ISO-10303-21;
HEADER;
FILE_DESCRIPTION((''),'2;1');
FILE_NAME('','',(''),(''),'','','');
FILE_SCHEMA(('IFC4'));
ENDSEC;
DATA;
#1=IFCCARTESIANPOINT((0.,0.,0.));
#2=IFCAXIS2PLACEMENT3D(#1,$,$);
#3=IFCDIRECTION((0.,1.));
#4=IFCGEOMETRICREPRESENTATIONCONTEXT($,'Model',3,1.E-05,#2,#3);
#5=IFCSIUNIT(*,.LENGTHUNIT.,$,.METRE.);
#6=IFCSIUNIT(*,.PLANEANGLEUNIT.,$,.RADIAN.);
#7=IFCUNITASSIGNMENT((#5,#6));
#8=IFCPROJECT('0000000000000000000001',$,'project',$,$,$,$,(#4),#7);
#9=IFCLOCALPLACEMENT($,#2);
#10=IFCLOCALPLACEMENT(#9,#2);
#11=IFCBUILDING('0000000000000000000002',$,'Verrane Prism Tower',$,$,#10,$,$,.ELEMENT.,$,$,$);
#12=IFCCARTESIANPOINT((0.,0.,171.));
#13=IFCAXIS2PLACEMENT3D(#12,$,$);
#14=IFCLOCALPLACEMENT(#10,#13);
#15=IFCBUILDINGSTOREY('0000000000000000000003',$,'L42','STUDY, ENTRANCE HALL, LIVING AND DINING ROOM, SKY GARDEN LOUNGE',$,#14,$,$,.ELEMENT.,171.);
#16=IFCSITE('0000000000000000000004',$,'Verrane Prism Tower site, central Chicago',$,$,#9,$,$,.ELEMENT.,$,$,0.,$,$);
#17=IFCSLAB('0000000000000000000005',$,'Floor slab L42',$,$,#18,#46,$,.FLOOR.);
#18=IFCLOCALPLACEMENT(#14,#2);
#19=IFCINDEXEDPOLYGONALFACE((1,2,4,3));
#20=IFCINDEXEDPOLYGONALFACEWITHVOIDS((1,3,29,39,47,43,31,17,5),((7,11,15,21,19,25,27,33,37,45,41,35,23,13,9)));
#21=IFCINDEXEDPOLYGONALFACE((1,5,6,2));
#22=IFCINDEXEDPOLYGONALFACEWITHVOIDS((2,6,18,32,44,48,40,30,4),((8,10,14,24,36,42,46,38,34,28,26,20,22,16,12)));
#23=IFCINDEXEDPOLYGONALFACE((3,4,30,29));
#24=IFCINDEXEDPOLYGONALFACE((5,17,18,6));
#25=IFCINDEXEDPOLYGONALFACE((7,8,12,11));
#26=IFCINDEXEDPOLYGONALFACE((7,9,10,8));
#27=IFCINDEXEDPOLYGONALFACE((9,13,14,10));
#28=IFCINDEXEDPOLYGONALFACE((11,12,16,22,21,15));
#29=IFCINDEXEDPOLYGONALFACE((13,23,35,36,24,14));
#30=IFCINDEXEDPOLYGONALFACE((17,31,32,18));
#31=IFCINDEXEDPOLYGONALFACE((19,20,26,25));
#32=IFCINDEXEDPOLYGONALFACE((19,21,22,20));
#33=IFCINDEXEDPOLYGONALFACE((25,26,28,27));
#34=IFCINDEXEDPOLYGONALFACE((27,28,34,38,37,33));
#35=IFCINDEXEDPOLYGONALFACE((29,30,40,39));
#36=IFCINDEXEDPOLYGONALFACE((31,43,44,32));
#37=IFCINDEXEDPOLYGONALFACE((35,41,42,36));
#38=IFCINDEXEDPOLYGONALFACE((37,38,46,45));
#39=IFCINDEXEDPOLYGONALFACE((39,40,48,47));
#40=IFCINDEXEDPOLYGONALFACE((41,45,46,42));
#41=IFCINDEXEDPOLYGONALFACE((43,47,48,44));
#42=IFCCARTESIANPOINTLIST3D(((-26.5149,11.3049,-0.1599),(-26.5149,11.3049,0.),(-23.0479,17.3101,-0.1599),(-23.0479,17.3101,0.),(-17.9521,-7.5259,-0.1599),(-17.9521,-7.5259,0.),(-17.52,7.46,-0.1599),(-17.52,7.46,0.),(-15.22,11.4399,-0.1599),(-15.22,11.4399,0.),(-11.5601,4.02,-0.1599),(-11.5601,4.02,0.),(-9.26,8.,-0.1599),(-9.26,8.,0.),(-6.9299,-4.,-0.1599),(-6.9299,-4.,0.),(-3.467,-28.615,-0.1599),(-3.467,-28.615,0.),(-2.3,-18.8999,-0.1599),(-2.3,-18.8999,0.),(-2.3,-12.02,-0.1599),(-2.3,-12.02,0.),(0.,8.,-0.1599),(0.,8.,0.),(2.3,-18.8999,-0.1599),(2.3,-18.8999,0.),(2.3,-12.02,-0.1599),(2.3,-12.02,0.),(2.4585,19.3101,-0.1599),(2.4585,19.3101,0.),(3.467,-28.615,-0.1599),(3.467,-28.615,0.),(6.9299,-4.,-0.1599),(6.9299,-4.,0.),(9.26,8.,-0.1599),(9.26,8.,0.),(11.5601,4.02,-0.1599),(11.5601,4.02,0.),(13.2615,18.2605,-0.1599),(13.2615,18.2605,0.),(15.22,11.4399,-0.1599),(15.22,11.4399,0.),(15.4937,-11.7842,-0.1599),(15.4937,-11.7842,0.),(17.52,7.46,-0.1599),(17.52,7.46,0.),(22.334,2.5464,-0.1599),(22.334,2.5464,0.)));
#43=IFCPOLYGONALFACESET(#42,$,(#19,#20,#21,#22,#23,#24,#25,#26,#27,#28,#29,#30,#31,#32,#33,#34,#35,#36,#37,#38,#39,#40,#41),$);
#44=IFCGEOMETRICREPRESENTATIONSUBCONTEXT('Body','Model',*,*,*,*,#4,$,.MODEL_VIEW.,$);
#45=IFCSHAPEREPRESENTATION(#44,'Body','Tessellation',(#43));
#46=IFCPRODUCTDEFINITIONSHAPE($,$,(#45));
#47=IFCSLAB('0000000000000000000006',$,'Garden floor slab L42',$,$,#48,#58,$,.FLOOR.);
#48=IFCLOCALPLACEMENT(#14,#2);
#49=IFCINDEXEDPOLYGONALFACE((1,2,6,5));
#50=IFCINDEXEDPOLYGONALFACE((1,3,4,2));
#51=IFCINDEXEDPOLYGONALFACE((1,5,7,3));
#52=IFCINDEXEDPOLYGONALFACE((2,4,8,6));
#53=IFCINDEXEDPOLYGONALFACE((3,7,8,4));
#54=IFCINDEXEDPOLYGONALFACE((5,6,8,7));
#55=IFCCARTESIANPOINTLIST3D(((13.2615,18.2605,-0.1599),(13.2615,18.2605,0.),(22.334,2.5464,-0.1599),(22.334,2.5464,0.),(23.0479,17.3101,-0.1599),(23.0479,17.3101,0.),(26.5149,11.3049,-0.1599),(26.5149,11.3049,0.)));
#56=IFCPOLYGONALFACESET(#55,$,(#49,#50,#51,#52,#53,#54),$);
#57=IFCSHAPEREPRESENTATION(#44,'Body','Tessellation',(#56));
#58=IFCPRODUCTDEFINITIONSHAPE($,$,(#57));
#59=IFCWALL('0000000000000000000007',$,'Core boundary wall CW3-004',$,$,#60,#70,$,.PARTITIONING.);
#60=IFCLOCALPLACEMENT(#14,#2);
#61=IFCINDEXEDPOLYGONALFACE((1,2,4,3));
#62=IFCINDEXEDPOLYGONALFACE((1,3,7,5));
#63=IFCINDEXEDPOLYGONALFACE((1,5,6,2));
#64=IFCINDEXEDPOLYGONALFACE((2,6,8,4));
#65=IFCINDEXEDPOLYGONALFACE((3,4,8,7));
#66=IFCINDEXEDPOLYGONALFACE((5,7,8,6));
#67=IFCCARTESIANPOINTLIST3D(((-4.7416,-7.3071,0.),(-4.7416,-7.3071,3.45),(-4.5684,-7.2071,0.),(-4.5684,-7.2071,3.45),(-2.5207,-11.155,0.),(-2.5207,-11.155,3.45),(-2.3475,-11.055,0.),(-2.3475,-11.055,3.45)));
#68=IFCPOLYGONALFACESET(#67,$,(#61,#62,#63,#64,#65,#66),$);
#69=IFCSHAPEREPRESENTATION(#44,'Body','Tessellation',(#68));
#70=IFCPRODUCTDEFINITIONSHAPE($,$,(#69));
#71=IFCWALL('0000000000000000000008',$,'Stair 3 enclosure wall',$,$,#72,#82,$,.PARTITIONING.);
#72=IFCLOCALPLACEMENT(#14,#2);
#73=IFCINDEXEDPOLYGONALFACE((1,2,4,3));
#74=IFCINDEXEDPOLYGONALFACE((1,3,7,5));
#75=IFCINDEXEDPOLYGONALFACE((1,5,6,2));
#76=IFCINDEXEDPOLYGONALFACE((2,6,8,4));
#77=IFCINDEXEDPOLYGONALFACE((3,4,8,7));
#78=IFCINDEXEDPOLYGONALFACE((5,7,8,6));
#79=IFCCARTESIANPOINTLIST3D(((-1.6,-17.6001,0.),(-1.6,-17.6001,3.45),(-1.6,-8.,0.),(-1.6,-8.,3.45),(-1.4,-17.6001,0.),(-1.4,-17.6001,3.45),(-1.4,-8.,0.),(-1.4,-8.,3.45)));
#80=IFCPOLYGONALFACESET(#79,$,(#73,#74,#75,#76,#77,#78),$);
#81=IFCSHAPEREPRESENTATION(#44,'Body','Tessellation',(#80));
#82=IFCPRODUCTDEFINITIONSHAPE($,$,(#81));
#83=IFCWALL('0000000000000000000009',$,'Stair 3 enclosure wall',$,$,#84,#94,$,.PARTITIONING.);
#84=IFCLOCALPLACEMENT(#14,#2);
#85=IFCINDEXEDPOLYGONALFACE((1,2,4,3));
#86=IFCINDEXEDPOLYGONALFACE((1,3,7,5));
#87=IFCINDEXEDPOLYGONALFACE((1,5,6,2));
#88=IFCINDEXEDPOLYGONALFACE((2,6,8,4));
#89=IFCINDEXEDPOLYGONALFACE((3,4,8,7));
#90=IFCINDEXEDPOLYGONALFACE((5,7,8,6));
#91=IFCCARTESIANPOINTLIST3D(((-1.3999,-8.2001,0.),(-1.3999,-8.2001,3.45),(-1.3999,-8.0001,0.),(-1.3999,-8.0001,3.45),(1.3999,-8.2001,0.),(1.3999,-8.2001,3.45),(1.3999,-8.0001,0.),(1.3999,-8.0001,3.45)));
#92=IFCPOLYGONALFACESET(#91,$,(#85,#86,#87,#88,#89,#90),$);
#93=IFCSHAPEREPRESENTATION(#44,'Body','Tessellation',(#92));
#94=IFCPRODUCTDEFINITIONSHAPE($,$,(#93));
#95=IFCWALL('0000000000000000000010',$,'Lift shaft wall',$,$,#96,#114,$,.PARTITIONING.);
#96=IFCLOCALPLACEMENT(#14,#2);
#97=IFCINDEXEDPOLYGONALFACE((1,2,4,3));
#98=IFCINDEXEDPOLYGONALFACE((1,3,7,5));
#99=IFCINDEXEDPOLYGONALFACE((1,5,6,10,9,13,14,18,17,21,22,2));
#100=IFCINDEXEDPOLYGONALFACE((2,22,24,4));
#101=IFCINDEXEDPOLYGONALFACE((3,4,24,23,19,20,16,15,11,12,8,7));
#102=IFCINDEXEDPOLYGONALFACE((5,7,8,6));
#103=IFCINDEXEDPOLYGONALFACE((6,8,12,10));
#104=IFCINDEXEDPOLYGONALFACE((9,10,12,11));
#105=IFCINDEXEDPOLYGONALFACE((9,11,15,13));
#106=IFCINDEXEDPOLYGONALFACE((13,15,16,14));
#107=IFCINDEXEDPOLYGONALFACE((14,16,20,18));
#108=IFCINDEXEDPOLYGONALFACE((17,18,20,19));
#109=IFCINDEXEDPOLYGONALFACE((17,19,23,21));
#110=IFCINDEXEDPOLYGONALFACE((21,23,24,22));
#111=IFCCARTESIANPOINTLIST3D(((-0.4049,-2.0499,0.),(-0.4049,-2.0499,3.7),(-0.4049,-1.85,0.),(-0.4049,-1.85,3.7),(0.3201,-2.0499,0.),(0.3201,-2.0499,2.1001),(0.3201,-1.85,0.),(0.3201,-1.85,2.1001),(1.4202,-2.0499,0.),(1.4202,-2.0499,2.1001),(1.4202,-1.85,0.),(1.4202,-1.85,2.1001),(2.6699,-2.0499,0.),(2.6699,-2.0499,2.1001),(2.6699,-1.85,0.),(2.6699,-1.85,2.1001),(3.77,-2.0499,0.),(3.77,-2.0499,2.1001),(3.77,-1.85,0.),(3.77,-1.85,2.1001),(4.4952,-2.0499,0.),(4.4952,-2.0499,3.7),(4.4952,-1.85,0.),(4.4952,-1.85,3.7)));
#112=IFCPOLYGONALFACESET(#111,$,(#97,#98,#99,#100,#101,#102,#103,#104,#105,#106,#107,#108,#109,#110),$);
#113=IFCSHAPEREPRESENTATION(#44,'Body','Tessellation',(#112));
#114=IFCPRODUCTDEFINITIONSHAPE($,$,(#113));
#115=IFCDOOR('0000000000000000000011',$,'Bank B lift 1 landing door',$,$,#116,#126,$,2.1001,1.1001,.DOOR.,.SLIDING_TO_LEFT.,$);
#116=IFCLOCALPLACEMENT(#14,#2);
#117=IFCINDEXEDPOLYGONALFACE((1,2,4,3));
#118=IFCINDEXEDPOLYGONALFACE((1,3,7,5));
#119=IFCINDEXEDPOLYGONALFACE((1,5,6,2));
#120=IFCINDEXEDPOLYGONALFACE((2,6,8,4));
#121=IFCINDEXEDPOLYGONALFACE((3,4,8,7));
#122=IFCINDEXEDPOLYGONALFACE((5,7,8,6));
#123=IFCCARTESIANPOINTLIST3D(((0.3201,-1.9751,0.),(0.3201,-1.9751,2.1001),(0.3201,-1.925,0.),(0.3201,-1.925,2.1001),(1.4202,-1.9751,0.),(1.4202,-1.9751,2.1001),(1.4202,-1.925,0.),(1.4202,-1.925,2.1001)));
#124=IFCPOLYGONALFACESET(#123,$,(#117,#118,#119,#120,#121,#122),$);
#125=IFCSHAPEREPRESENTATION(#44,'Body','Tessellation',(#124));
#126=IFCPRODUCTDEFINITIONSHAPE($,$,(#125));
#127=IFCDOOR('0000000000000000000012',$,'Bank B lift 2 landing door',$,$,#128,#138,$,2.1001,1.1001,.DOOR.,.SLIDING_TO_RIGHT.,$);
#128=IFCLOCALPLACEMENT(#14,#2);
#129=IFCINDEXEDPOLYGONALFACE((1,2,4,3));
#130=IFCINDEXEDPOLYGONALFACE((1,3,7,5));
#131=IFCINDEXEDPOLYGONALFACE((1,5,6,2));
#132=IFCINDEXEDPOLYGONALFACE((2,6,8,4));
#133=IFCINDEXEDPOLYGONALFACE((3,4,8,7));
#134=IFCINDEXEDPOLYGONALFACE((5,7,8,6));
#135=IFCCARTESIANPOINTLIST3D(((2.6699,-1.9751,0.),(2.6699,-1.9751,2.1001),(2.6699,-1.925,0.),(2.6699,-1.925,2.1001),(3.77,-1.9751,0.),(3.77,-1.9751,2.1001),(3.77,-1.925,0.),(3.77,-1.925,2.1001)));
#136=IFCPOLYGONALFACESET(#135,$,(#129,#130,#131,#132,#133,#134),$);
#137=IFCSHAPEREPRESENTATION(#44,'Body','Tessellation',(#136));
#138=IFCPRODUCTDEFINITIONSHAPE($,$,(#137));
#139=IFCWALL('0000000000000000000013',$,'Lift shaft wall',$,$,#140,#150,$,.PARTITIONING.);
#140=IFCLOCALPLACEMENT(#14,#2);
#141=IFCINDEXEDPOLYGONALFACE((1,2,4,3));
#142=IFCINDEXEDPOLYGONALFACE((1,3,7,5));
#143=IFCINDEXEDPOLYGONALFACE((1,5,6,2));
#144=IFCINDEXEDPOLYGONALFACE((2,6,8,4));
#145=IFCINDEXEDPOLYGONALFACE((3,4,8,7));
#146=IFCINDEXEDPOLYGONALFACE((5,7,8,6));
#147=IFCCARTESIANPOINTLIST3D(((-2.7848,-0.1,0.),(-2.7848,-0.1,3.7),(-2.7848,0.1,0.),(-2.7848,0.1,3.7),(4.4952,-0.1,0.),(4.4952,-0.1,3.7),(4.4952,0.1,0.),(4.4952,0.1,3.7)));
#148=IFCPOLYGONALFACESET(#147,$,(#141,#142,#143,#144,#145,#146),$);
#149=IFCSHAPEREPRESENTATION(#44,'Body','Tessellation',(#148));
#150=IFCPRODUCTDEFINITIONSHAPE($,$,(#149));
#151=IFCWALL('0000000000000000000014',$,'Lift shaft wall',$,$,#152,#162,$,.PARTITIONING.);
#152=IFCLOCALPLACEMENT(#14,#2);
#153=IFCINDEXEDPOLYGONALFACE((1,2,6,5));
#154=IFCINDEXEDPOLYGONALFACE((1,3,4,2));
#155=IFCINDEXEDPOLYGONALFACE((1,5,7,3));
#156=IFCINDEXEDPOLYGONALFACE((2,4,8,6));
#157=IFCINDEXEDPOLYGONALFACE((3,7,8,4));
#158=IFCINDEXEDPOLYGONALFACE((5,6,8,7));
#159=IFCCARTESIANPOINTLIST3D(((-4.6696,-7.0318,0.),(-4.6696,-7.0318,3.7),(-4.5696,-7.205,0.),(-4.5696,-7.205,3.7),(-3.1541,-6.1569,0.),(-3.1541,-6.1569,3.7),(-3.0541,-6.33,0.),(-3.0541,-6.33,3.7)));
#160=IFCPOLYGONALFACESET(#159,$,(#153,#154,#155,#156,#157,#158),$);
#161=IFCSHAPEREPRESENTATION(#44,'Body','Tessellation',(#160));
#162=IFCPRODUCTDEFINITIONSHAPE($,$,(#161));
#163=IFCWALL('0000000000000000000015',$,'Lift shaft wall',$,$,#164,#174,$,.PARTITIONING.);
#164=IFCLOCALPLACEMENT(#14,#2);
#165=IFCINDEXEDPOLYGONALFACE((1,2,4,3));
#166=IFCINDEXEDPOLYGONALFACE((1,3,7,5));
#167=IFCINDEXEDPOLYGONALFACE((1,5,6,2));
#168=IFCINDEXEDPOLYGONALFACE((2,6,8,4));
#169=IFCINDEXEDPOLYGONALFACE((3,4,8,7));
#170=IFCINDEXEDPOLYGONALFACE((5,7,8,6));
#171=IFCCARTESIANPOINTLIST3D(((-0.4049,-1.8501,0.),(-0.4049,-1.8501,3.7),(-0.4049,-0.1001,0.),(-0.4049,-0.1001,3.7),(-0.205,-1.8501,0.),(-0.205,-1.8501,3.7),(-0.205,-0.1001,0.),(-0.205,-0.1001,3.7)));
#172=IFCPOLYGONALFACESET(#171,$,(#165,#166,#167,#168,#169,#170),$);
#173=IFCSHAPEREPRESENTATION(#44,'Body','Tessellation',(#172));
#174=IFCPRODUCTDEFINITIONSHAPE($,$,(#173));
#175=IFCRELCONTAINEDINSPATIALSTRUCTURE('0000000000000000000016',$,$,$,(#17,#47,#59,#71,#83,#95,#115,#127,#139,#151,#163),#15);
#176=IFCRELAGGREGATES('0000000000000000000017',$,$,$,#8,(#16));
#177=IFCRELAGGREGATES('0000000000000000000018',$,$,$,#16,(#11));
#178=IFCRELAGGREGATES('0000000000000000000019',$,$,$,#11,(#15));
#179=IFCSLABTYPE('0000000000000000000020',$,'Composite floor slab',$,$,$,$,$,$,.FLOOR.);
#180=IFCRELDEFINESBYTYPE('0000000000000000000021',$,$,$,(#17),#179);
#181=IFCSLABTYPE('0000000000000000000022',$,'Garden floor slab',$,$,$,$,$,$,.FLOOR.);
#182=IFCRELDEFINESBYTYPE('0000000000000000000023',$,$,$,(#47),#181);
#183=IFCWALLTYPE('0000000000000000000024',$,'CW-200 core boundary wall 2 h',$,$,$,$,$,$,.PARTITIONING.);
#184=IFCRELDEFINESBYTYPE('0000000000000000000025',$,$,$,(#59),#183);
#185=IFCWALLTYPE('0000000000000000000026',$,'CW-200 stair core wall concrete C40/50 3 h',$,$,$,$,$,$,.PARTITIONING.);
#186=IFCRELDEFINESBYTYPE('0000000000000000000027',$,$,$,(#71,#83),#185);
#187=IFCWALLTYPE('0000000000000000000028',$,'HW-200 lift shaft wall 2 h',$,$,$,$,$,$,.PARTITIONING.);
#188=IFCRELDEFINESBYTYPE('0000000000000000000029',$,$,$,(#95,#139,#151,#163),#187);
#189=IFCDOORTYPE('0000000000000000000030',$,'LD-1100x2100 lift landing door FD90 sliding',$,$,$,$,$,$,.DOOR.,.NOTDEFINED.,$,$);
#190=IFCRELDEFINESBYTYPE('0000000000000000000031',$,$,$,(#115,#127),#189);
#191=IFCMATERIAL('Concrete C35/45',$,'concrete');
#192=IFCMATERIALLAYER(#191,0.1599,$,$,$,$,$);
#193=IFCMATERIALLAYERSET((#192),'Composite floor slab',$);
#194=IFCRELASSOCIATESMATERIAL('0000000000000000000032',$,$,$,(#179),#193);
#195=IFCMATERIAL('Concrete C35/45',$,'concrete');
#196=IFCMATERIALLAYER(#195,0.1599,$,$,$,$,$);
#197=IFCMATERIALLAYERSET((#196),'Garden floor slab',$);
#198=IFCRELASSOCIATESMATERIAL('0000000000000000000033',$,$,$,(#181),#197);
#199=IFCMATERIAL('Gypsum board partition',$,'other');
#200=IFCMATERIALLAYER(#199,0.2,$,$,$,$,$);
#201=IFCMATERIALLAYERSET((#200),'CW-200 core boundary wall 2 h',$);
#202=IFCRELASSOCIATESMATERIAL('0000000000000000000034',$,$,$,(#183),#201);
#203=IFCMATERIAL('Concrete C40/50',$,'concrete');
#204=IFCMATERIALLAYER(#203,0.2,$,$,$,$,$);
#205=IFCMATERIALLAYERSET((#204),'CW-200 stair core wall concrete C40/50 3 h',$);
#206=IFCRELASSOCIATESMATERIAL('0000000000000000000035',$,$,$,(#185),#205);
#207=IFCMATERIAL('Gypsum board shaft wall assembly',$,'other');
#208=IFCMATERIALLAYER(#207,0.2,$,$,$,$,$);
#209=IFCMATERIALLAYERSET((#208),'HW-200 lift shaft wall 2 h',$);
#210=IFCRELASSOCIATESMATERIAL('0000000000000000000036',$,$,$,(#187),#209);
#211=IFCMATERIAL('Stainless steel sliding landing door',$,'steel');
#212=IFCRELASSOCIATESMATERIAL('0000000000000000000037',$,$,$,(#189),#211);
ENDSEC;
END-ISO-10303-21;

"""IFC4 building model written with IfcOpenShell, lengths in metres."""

from ifc_helpers import new_model, si_unit, direction, frame, frame_2d, origin, place, context, subcontext, project, spatial, polyline, rectangle, outline, extrude, material, layer, layer_set, type_object, element, fill, save


model = new_model("IFC4")

# Units and contexts
model_context = context("Model", 3, precision=1e-05, world=origin(), true_north=direction((0.0, 1.0)))
body_context = subcontext(model_context, "Body", "Model", "MODEL_VIEW")
ifc_project = project(units=[si_unit("LENGTHUNIT", "METRE"), si_unit("PLANEANGLEUNIT", "RADIAN")], contexts=[model_context])

# Site, building, storey
site_placement = place(None, origin())
site = spatial("IfcSite", under=ifc_project, at=site_placement, Name="Verrane Prism Tower site, central Chicago", CompositionType="ELEMENT", RefElevation=0.0)
building_placement = place(site_placement, origin())
building = spatial("IfcBuilding", under=site, at=building_placement, Name="Verrane Prism Tower", CompositionType="ELEMENT")
storey_placement = place(building_placement, frame((0.0, 0.0, 171.0)))
storey = spatial("IfcBuildingStorey", under=building, at=storey_placement, Name="L42", Description="STUDY, ENTRANCE HALL, LIVING AND DINING ROOM, SKY GARDEN LOUNGE", CompositionType="ELEMENT", Elevation=171.0)

# Slabs
ifc_material_1 = material(Name="Concrete C35/45", Category="concrete")
ifc_layer_1 = layer(ifc_material_1, 0.1599)
ifc_layer_set_1 = layer_set([ifc_layer_1], Name="Composite floor slab")
slab_type_1 = type_object("IfcSlabType", Name="Composite floor slab", PredefinedType="FLOOR", material=ifc_layer_set_1)
slab_1_placement = place(storey_placement, frame((0.0, 0.0, -0.1599)))
element("IfcSlab", 1, at=slab_1_placement, inside=storey, type_object=slab_type_1, Name="Floor slab L42", PredefinedType="FLOOR", context=body_context, shape_type="SweptSolid", body=[
    extrude(outline(polyline([(15.4937, -11.7842), (3.467, -28.615), (-3.467, -28.615), (-17.9521, -7.5259), (-26.5149, 11.3049), (-23.0479, 17.3101), (2.4585, 19.3101), (13.2615, 18.2605), (22.334, 2.5464), (15.4937, -11.7842)]), holes=[polyline([(17.52, 7.46), (15.22, 11.4399), (9.26, 8.0), (0.0, 8.0), (-9.26, 8.0), (-15.22, 11.4399), (-17.52, 7.46), (-11.5601, 4.02), (-6.9299, -4.0), (-2.3, -12.02), (-2.3, -18.8999), (2.3, -18.8999), (2.3, -12.02), (6.9299, -4.0), (11.5601, 4.02), (17.52, 7.46)])]), origin(), (0.0, 0.0, 1.0), 0.1599),
])
ifc_material_2 = material(Name="Concrete C35/45", Category="concrete")
ifc_layer_2 = layer(ifc_material_2, 0.1599)
ifc_layer_set_2 = layer_set([ifc_layer_2], Name="Garden floor slab")
slab_type_2 = type_object("IfcSlabType", Name="Garden floor slab", PredefinedType="FLOOR", material=ifc_layer_set_2)
slab_2_placement = place(storey_placement, frame((0.0, 0.0, -0.1599)))
element("IfcSlab", 2, at=slab_2_placement, inside=storey, type_object=slab_type_2, Name="Garden floor slab L42", PredefinedType="FLOOR", context=body_context, shape_type="SweptSolid", body=[
    extrude(outline(polyline([(13.2615, 18.2605), (22.334, 2.5464), (26.5149, 11.3049), (23.0479, 17.3101), (13.2615, 18.2605)])), origin(), (0.0, 0.0, 1.0), 0.1599),
])

# Walls
ifc_material_3 = material(Name="Gypsum board partition", Category="other")
ifc_layer_3 = layer(ifc_material_3, 0.2)
ifc_layer_set_3 = layer_set([ifc_layer_3], Name="CW-200 core boundary wall 2 h")
wall_type_1 = type_object("IfcWallType", Name="CW-200 core boundary wall 2 h", PredefinedType="PARTITIONING", material=ifc_layer_set_3)
wall_1_placement = place(storey_placement, frame((-4.655, -7.2571, 0.0), z_axis=(0.0, 0.0, 1.0), x_axis=(0.499892, -0.866088, 0.0)))
element("IfcWall", 3, at=wall_1_placement, inside=storey, type_object=wall_type_1, Name="Core boundary wall CW3-004", PredefinedType="PARTITIONING", context=body_context, shape_type="SweptSolid", body=[
    extrude(rectangle(XDim=4.4429, YDim=0.2, at=frame_2d((2.2214, 0.0))), origin(), (0.0, 0.0, 1.0), 3.45),
])
ifc_material_4 = material(Name="Concrete C40/50", Category="concrete")
ifc_layer_4 = layer(ifc_material_4, 0.2)
ifc_layer_set_4 = layer_set([ifc_layer_4], Name="CW-200 stair core wall concrete C40/50 3 h")
wall_type_2 = type_object("IfcWallType", Name="CW-200 stair core wall concrete C40/50 3 h", PredefinedType="PARTITIONING", material=ifc_layer_set_4)
wall_2_placement = place(storey_placement, frame((-1.5, -8.0, 0.0), z_axis=(0.0, 0.0, 1.0), x_axis=(0.0, -1.0, 0.0)))
element("IfcWall", 4, at=wall_2_placement, inside=storey, type_object=wall_type_2, Name="Stair 3 enclosure wall", PredefinedType="PARTITIONING", context=body_context, shape_type="SweptSolid", body=[
    extrude(rectangle(XDim=9.6001, YDim=0.2, at=frame_2d((4.8, 0.0))), origin(), (0.0, 0.0, 1.0), 3.45),
])
wall_3_placement = place(storey_placement, frame((-1.3999, -8.1001, 0.0), z_axis=(0.0, 0.0, 1.0), x_axis=(1.0, 0.0, 0.0)))
element("IfcWall", 5, at=wall_3_placement, inside=storey, type_object=wall_type_2, Name="Stair 3 enclosure wall", PredefinedType="PARTITIONING", context=body_context, shape_type="SweptSolid", body=[
    extrude(rectangle(XDim=2.7998, YDim=0.2, at=frame_2d((1.3999, 0.0))), origin(), (0.0, 0.0, 1.0), 3.45),
])

# Wall, openings, doors
ifc_material_5 = material(Name="Gypsum board shaft wall assembly", Category="other")
ifc_layer_5 = layer(ifc_material_5, 0.2)
ifc_layer_set_5 = layer_set([ifc_layer_5], Name="HW-200 lift shaft wall 2 h")
wall_type_3 = type_object("IfcWallType", Name="HW-200 lift shaft wall 2 h", PredefinedType="PARTITIONING", material=ifc_layer_set_5)
wall_4_placement = place(storey_placement, frame((-0.405, -1.95, 0.0), z_axis=(0.0, 0.0, 1.0), x_axis=(1.0, 0.0, 0.0)))
wall_4 = element("IfcWall", 6, at=wall_4_placement, inside=storey, type_object=wall_type_3, Name="Lift shaft wall", PredefinedType="PARTITIONING", context=body_context, shape_type="SweptSolid", body=[
    extrude(rectangle(XDim=4.9001, YDim=0.2, at=frame_2d((2.4502, 0.0))), origin(), (0.0, 0.0, 1.0), 3.7),
])
opening_1_placement = place(wall_4_placement, frame((0.7251, 0.0, 0.0)))
opening_1 = element("IfcOpeningElement", 7, at=opening_1_placement, cuts=wall_4, PredefinedType="OPENING", context=body_context, shape_type="SweptSolid", body=[
    extrude(rectangle(XDim=1.1001, YDim=2.1001, at=frame_2d((0.55, 1.05))), frame((0.0, 0.1099, 0.0), z_axis=(0.0, -1.0, 0.0), x_axis=(1.0, 0.0, 0.0)), (0.0, 0.0, 1.0), 0.22),
])
opening_2_placement = place(wall_4_placement, frame((3.075, 0.0, 0.0)))
opening_2 = element("IfcOpeningElement", 8, at=opening_2_placement, cuts=wall_4, PredefinedType="OPENING", context=body_context, shape_type="SweptSolid", body=[
    extrude(rectangle(XDim=1.1001, YDim=2.1001, at=frame_2d((0.55, 1.05))), frame((0.0, 0.1099, 0.0), z_axis=(0.0, -1.0, 0.0), x_axis=(1.0, 0.0, 0.0)), (0.0, 0.0, 1.0), 0.22),
])
ifc_material_6 = material(Name="Stainless steel sliding landing door", Category="steel")
door_type_1 = type_object("IfcDoorType", Name="LD-1100x2100 lift landing door FD90 sliding", OperationType="NOTDEFINED", PredefinedType="DOOR", material=ifc_material_6)
door_1_placement = place(opening_1_placement, origin())
door_1 = element("IfcDoor", 9, at=door_1_placement, inside=storey, type_object=door_type_1, Name="Bank B lift 1 landing door", OperationType="SLIDING_TO_LEFT", OverallHeight=2.1001, OverallWidth=1.1001, PredefinedType="DOOR", context=body_context, shape_type="SweptSolid", body=[
    extrude(rectangle(XDim=1.1001, YDim=2.1001, at=frame_2d((0.55, 1.05))), frame((0.0, 0.0249, 0.0), z_axis=(0.0, -1.0, 0.0), x_axis=(1.0, 0.0, 0.0)), (0.0, 0.0, 1.0), 0.05),
])
fill(opening_1, door_1)
door_2_placement = place(opening_2_placement, origin())
door_2 = element("IfcDoor", 10, at=door_2_placement, inside=storey, type_object=door_type_1, Name="Bank B lift 2 landing door", OperationType="SLIDING_TO_RIGHT", OverallHeight=2.1001, OverallWidth=1.1001, PredefinedType="DOOR", context=body_context, shape_type="SweptSolid", body=[
    extrude(rectangle(XDim=1.1001, YDim=2.1001, at=frame_2d((0.55, 1.05))), frame((0.0, 0.0249, 0.0), z_axis=(0.0, -1.0, 0.0), x_axis=(1.0, 0.0, 0.0)), (0.0, 0.0, 1.0), 0.05),
])
fill(opening_2, door_2)

# Walls
wall_5_placement = place(storey_placement, frame((-2.7849, 0.0, 0.0), z_axis=(0.0, 0.0, 1.0), x_axis=(1.0, 0.0, 0.0)))
element("IfcWall", 11, at=wall_5_placement, inside=storey, type_object=wall_type_3, Name="Lift shaft wall", PredefinedType="PARTITIONING", context=body_context, shape_type="SweptSolid", body=[
    extrude(rectangle(XDim=7.28, YDim=0.2, at=frame_2d((3.6401, 0.0))), origin(), (0.0, 0.0, 1.0), 3.7),
])
for number, where, z_axis, x_axis, name in (
    (12, (-4.6196, -7.1184, 0.0), (0.0, 0.0, 1.0), (0.866037, 0.49998, 0.0), "Lift shaft wall"),
    (13, (-0.3049, -1.8501, 0.0), (0.0, 0.0, 1.0), (0.0, 1.0, 0.0), "Lift shaft wall"),
):
    element("IfcWall", number, at=place(storey_placement, frame(where, z_axis=z_axis, x_axis=x_axis)), inside=storey, type_object=wall_type_3, Name=name, PredefinedType="PARTITIONING", context=body_context, shape_type="SweptSolid", body=[
        extrude(rectangle(XDim=1.75, YDim=0.2, at=frame_2d((0.875, 0.0))), origin(), (0.0, 0.0, 1.0), 3.7),
    ])

save(model, "model.ifc")
